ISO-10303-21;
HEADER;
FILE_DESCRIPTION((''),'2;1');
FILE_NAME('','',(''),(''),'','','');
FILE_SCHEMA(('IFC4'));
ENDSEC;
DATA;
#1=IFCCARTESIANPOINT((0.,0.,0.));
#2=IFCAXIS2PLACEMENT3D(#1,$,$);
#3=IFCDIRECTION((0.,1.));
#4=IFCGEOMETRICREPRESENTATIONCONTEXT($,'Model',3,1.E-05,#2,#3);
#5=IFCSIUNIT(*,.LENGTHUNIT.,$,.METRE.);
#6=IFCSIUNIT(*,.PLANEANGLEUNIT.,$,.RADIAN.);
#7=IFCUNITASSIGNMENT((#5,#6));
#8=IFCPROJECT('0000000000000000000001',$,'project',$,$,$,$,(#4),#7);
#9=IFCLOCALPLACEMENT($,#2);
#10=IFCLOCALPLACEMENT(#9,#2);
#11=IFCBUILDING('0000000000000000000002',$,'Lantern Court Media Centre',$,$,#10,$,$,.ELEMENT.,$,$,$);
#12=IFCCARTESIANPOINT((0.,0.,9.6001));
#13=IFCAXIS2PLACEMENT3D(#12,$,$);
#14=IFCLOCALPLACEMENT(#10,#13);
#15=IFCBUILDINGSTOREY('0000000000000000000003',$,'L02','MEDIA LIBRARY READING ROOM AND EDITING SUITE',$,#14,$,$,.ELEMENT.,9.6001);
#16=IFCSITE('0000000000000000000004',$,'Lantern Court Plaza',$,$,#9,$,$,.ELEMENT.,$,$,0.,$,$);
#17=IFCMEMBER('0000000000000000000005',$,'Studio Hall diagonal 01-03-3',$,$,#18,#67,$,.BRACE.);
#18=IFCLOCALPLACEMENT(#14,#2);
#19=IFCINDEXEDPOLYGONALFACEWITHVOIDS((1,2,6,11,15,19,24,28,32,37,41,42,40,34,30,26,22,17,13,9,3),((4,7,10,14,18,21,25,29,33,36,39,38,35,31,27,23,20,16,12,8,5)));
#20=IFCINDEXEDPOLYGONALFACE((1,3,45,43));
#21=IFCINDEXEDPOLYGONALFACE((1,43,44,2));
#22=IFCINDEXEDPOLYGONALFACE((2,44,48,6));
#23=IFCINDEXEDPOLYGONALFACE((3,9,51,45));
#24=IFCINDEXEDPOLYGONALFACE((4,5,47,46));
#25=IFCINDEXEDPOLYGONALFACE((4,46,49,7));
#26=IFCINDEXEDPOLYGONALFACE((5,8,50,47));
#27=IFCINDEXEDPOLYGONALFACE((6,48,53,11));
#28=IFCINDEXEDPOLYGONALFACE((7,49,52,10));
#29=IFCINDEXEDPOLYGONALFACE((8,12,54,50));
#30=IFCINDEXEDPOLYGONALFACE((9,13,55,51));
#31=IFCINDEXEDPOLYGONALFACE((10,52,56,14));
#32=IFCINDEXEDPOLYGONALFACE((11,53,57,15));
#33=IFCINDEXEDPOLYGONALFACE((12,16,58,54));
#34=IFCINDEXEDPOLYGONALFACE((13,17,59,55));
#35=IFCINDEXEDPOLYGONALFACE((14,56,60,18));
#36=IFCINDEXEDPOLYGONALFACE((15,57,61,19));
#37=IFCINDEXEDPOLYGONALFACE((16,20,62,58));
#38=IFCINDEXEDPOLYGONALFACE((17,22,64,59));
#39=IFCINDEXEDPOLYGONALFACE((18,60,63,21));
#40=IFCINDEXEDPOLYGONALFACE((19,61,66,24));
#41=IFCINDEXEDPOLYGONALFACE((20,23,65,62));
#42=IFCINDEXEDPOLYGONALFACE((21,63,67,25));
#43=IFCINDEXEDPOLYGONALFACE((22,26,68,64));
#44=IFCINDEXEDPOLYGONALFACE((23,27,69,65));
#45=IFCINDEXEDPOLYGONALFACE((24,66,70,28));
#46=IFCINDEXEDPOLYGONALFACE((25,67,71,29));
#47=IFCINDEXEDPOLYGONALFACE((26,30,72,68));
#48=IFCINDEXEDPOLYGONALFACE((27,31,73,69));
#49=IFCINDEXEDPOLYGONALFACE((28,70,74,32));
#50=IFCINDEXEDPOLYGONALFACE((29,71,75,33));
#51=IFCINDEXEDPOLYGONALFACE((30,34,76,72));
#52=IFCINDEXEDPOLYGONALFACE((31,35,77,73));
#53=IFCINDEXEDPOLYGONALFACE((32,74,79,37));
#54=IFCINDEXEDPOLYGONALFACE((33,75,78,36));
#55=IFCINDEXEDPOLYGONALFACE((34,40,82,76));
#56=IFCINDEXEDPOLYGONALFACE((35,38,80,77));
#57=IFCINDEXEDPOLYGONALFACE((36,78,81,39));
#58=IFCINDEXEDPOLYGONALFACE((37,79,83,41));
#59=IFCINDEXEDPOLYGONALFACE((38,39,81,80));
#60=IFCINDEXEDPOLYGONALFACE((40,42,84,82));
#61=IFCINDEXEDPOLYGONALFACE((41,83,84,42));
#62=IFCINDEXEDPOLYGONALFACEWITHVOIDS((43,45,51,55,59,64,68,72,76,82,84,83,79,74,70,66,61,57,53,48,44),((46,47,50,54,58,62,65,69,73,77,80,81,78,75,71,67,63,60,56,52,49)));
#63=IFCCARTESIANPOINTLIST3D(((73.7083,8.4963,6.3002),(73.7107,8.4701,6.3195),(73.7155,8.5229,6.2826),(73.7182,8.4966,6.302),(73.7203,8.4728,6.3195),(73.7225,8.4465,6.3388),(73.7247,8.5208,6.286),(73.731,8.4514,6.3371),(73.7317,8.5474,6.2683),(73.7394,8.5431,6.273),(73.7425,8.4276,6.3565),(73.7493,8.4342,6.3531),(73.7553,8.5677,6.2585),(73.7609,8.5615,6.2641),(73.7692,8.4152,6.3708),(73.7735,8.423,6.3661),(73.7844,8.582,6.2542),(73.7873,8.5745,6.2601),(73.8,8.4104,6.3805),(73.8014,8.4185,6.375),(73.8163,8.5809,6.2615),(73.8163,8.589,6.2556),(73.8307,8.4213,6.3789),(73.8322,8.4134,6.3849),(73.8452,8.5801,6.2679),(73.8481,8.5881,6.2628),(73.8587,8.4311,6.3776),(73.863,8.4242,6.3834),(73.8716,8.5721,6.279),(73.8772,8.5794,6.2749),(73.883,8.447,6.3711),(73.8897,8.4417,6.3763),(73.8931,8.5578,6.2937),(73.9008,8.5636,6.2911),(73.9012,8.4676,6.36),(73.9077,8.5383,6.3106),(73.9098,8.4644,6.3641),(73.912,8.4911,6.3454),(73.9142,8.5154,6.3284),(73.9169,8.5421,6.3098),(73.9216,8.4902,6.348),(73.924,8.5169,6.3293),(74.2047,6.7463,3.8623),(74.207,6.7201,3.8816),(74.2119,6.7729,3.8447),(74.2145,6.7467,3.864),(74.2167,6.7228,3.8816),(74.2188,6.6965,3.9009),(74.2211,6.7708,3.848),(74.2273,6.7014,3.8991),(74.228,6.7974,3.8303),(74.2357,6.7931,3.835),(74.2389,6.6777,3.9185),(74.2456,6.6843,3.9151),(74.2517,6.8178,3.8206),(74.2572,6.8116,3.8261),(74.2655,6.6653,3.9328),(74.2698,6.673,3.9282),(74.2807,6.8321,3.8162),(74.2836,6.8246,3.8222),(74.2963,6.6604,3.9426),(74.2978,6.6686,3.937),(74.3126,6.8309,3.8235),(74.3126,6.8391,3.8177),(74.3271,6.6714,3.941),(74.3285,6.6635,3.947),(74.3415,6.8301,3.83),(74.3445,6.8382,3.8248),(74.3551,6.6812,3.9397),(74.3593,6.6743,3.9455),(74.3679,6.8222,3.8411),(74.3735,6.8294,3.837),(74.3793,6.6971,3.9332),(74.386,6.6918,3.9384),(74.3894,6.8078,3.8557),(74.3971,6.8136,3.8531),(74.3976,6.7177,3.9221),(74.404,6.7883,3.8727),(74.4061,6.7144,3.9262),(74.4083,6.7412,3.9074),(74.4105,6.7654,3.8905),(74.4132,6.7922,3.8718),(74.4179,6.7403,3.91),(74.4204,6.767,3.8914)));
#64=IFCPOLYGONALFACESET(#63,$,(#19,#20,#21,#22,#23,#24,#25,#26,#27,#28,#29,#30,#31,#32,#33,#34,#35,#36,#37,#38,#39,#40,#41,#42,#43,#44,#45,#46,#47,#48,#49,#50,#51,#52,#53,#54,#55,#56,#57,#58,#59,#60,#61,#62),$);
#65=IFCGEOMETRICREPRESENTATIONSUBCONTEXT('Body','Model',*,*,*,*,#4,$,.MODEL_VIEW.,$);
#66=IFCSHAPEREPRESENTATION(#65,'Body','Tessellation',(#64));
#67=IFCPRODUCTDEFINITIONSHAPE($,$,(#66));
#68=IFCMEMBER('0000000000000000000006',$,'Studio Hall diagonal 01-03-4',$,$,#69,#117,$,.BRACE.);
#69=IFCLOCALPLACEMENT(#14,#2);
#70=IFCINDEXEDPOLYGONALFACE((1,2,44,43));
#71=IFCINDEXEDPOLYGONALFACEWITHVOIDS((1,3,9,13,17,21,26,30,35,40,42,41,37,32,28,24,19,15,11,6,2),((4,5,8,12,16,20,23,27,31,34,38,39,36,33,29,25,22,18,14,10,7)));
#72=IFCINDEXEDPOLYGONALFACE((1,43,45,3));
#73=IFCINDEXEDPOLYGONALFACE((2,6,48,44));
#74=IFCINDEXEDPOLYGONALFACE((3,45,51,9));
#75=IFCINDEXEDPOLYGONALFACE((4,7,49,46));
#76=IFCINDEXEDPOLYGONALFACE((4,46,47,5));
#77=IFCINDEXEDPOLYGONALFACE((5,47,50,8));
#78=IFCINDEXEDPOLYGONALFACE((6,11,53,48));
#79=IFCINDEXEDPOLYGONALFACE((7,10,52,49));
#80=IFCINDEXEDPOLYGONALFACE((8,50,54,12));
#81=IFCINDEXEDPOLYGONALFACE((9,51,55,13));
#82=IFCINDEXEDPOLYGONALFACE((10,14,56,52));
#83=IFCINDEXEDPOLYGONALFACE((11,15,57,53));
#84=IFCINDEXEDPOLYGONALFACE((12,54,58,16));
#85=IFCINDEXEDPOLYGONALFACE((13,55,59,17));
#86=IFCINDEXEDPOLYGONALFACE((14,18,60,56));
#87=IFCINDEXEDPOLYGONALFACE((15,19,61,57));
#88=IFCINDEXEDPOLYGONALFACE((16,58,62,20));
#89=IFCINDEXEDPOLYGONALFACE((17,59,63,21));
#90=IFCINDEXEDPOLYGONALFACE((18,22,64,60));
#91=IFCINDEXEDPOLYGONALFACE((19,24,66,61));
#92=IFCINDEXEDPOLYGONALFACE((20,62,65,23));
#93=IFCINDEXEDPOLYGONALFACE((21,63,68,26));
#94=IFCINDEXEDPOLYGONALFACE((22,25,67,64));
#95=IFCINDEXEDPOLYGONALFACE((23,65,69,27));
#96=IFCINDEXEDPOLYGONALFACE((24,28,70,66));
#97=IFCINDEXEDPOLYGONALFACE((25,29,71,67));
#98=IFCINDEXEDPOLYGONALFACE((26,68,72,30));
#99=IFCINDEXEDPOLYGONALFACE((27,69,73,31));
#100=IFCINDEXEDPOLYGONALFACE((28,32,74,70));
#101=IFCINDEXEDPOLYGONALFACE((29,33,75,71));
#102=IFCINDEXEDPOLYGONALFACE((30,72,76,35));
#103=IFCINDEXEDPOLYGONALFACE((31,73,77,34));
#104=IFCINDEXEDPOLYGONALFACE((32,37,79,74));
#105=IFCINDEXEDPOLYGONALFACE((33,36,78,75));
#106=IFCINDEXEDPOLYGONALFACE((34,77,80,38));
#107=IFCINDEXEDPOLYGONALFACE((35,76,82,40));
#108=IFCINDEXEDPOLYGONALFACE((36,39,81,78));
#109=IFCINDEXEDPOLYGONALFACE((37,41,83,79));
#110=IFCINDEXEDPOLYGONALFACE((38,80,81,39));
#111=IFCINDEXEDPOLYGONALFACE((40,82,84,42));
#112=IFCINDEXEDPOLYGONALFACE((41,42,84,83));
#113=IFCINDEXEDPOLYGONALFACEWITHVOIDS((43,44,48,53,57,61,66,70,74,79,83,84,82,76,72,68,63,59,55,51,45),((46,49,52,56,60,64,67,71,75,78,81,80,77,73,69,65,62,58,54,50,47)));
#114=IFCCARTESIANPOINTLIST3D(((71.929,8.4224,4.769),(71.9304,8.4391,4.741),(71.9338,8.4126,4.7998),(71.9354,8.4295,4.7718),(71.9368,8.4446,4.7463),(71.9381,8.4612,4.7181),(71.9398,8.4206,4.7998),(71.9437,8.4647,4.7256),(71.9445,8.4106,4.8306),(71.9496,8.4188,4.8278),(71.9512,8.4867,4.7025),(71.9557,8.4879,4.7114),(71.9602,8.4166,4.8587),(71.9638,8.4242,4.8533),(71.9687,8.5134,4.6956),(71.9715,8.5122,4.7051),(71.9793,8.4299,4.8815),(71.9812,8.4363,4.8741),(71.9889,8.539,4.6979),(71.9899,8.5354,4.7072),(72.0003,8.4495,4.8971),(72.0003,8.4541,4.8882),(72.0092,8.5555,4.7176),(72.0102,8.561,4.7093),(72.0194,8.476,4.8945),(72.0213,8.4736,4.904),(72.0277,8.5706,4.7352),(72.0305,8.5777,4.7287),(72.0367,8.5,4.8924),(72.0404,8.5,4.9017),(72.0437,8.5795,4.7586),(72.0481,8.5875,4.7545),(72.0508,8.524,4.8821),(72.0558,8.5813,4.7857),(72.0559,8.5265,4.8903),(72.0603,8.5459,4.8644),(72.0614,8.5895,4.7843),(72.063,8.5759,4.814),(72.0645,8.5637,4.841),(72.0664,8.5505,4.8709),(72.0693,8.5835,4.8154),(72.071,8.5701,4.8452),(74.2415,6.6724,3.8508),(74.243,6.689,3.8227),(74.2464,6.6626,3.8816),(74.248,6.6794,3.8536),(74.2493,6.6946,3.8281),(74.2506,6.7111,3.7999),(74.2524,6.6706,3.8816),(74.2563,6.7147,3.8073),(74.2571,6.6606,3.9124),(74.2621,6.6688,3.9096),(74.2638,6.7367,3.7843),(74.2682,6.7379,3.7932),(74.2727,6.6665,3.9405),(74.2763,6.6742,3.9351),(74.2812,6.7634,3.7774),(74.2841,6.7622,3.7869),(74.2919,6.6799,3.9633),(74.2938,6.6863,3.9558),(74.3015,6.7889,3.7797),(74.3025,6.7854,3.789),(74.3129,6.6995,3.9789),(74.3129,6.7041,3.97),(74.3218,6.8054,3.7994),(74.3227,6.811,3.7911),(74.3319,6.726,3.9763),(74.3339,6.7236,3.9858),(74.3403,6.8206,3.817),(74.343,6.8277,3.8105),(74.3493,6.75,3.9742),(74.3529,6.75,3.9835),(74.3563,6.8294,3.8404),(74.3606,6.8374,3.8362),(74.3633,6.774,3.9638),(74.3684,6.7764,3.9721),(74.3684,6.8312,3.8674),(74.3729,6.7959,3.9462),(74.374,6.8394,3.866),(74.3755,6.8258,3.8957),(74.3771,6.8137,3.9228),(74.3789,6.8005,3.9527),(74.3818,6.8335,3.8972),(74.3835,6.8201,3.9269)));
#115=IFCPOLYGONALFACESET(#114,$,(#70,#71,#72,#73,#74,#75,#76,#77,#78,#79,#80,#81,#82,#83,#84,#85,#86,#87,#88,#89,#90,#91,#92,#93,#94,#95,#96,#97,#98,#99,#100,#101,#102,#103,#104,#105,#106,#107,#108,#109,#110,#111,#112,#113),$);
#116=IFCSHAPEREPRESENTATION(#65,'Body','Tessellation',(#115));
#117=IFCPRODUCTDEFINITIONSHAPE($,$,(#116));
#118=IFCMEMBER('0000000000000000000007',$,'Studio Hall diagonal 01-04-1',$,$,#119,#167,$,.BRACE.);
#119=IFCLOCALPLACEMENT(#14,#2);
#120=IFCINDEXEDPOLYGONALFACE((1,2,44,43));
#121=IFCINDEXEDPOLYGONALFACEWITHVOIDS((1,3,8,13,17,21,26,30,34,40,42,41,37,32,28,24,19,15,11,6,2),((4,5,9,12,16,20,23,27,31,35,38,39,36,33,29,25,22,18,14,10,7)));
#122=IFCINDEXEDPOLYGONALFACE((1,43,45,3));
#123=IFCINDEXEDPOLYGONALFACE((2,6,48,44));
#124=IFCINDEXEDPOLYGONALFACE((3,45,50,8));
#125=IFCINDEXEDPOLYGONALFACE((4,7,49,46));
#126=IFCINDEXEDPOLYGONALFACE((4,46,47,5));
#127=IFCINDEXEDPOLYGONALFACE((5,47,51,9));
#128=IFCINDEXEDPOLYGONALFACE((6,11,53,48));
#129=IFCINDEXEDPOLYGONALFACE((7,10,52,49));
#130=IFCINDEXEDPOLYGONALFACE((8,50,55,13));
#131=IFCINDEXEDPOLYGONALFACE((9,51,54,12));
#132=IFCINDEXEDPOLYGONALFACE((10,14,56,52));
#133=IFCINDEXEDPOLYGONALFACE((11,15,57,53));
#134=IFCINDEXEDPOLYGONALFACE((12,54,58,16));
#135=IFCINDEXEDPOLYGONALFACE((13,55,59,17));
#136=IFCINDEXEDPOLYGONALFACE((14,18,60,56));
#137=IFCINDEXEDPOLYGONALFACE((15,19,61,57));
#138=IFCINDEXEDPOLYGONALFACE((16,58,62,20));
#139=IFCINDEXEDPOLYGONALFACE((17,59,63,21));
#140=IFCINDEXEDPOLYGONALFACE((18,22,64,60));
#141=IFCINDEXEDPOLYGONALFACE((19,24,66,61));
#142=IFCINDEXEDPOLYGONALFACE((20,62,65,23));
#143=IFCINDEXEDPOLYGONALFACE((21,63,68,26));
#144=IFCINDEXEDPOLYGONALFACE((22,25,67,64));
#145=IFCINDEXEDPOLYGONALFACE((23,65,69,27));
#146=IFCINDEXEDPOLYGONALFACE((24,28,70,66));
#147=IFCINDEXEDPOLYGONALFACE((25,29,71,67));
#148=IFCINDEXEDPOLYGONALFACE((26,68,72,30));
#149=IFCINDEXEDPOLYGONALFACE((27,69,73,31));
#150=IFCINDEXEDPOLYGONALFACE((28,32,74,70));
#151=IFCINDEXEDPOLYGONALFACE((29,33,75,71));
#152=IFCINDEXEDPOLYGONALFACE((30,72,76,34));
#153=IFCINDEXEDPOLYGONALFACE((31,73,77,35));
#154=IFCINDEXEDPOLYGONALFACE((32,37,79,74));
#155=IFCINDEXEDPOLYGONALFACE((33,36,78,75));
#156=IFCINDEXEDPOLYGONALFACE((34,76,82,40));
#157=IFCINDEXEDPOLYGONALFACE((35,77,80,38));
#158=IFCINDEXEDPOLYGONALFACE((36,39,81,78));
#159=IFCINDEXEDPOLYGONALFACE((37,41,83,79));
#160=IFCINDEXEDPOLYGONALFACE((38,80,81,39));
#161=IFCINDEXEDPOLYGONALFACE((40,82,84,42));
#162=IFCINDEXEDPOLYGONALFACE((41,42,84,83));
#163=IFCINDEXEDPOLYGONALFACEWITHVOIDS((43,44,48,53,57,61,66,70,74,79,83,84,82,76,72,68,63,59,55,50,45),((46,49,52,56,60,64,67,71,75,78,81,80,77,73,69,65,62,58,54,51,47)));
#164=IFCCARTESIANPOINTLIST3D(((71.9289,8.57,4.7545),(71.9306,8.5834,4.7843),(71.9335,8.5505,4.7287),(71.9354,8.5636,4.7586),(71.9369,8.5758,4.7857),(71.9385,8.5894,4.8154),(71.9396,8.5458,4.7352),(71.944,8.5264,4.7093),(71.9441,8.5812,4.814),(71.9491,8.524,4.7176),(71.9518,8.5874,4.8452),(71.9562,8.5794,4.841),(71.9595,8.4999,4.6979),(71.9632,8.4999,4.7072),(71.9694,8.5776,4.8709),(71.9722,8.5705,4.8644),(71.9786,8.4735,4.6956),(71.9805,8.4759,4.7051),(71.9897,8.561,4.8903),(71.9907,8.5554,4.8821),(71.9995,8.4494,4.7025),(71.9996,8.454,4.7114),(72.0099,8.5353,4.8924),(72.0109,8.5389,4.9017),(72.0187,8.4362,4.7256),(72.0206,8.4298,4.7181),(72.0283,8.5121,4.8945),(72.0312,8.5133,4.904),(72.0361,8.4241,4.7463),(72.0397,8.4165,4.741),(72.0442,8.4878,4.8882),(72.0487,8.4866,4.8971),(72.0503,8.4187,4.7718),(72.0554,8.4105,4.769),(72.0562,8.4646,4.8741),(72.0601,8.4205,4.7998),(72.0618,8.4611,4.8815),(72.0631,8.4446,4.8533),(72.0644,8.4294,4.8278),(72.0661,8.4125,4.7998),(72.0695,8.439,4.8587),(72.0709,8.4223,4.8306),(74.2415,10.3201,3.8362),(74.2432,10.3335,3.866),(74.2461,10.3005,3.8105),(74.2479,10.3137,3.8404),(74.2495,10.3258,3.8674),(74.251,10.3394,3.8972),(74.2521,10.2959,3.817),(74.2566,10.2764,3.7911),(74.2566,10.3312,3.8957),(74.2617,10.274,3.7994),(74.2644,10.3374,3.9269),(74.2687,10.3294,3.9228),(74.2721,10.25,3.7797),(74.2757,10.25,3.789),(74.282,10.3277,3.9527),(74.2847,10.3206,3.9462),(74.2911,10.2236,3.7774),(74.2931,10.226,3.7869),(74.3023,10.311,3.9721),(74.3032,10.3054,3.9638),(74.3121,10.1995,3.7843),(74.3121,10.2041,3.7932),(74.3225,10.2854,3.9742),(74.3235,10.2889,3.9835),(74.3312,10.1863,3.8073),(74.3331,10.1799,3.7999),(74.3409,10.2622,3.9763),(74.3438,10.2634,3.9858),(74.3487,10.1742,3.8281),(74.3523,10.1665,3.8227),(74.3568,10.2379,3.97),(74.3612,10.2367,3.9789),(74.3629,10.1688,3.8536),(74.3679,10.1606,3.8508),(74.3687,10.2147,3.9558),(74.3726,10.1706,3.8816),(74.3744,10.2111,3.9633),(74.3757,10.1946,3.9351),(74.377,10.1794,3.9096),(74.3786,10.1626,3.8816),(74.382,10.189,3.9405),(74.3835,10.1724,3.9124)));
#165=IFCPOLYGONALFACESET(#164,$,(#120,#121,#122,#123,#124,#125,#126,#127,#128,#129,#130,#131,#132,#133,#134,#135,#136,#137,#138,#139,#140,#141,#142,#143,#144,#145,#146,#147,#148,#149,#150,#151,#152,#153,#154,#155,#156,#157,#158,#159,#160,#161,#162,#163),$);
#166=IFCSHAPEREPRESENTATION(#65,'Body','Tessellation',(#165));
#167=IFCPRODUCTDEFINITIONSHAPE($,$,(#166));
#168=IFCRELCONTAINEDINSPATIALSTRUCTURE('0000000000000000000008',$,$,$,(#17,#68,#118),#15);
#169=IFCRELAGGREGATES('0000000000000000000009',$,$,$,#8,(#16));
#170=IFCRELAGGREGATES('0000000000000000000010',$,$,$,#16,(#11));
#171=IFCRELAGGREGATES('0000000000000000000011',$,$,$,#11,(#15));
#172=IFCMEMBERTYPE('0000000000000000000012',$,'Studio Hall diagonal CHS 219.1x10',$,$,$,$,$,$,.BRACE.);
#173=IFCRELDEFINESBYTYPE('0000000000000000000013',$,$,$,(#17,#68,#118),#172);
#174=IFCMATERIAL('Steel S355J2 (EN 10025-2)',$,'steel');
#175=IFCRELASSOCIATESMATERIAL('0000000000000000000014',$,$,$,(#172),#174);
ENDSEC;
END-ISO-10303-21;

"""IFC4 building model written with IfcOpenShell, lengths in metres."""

from ifc_helpers import new_model, si_unit, direction, frame, origin, origin_2d, place, context, subcontext, project, spatial, hollow_circle, extrude, material, material_profile, profile_set, type_object, element, save


model = new_model("IFC4")

# Units and contexts
model_context = context("Model", 3, precision=1e-05, world=origin(), true_north=direction((0.0, 1.0)))
body_context = subcontext(model_context, "Body", "Model", "MODEL_VIEW")
ifc_project = project(units=[si_unit("LENGTHUNIT", "METRE"), si_unit("PLANEANGLEUNIT", "RADIAN")], contexts=[model_context])

# Site, building, storey
site_placement = place(None, origin())
site = spatial("IfcSite", under=ifc_project, at=site_placement, Name="Lantern Court Plaza", CompositionType="ELEMENT", RefElevation=0.0)
building_placement = place(site_placement, origin())
building = spatial("IfcBuilding", under=site, at=building_placement, Name="Lantern Court Media Centre", CompositionType="ELEMENT")
storey_placement = place(building_placement, frame((0.0, 0.0, 9.6001)))
storey = spatial("IfcBuildingStorey", under=building, at=storey_placement, Name="L02", Description="MEDIA LIBRARY READING ROOM AND EDITING SUITE", CompositionType="ELEMENT", Elevation=9.6001)

# Members
ifc_material = material(Name="Steel S355J2 (EN 10025-2)", Category="steel")
ifc_material_profile_1 = material_profile(ifc_material, hollow_circle(Radius=0.1096, WallThickness=0.01, at=origin_2d()), Name="Studio Hall diagonal CHS 219.1x10")
ifc_profile_set_1 = profile_set([ifc_material_profile_1], Name="Steel S355J2 (EN 10025-2)")
member_type_1 = type_object("IfcMemberType", Name="Studio Hall diagonal CHS 219.1x10", PredefinedType="BRACE", material=ifc_profile_set_1)
for number, where, z_axis, x_axis, name in (
    (1, (74.3125, 6.75, 3.8816), (-0.163172, 0.575314, 0.801491), (-0.962054, -0.272859, 0.0), "Studio Hall diagonal 01-03-3"),
):
    element("IfcMember", number, at=place(storey_placement, frame(where, z_axis=z_axis, x_axis=x_axis)), inside=storey, type_object=member_type_1, Name=name, PredefinedType="BRACE", context=body_context, shape_type="SweptSolid", body=[
        extrude(hollow_circle(Radius=0.1096, WallThickness=0.01, at=origin_2d()), origin(), (0.0, 0.0, 1.0), 3.0417),
    ])
for number, where, z_axis, x_axis, name in (
    (2, (74.3125, 6.75, 3.8816), (-0.760211, 0.575295, 0.301853), (-0.603443, -0.797406, 0.0), "Studio Hall diagonal 01-03-4"),
    (3, (74.3125, 10.25, 3.8816), (-0.760211, -0.575295, 0.301853), (0.603443, -0.797406, 0.0), "Studio Hall diagonal 01-04-1"),
):
    element("IfcMember", number, at=place(storey_placement, frame(where, z_axis=z_axis, x_axis=x_axis)), inside=storey, type_object=member_type_1, Name=name, PredefinedType="BRACE", context=body_context, shape_type="SweptSolid", body=[
        extrude(hollow_circle(Radius=0.1096, WallThickness=0.01, at=origin_2d()), origin(), (0.0, 0.0, 1.0), 3.042),
    ])

save(model, "model.ifc")
